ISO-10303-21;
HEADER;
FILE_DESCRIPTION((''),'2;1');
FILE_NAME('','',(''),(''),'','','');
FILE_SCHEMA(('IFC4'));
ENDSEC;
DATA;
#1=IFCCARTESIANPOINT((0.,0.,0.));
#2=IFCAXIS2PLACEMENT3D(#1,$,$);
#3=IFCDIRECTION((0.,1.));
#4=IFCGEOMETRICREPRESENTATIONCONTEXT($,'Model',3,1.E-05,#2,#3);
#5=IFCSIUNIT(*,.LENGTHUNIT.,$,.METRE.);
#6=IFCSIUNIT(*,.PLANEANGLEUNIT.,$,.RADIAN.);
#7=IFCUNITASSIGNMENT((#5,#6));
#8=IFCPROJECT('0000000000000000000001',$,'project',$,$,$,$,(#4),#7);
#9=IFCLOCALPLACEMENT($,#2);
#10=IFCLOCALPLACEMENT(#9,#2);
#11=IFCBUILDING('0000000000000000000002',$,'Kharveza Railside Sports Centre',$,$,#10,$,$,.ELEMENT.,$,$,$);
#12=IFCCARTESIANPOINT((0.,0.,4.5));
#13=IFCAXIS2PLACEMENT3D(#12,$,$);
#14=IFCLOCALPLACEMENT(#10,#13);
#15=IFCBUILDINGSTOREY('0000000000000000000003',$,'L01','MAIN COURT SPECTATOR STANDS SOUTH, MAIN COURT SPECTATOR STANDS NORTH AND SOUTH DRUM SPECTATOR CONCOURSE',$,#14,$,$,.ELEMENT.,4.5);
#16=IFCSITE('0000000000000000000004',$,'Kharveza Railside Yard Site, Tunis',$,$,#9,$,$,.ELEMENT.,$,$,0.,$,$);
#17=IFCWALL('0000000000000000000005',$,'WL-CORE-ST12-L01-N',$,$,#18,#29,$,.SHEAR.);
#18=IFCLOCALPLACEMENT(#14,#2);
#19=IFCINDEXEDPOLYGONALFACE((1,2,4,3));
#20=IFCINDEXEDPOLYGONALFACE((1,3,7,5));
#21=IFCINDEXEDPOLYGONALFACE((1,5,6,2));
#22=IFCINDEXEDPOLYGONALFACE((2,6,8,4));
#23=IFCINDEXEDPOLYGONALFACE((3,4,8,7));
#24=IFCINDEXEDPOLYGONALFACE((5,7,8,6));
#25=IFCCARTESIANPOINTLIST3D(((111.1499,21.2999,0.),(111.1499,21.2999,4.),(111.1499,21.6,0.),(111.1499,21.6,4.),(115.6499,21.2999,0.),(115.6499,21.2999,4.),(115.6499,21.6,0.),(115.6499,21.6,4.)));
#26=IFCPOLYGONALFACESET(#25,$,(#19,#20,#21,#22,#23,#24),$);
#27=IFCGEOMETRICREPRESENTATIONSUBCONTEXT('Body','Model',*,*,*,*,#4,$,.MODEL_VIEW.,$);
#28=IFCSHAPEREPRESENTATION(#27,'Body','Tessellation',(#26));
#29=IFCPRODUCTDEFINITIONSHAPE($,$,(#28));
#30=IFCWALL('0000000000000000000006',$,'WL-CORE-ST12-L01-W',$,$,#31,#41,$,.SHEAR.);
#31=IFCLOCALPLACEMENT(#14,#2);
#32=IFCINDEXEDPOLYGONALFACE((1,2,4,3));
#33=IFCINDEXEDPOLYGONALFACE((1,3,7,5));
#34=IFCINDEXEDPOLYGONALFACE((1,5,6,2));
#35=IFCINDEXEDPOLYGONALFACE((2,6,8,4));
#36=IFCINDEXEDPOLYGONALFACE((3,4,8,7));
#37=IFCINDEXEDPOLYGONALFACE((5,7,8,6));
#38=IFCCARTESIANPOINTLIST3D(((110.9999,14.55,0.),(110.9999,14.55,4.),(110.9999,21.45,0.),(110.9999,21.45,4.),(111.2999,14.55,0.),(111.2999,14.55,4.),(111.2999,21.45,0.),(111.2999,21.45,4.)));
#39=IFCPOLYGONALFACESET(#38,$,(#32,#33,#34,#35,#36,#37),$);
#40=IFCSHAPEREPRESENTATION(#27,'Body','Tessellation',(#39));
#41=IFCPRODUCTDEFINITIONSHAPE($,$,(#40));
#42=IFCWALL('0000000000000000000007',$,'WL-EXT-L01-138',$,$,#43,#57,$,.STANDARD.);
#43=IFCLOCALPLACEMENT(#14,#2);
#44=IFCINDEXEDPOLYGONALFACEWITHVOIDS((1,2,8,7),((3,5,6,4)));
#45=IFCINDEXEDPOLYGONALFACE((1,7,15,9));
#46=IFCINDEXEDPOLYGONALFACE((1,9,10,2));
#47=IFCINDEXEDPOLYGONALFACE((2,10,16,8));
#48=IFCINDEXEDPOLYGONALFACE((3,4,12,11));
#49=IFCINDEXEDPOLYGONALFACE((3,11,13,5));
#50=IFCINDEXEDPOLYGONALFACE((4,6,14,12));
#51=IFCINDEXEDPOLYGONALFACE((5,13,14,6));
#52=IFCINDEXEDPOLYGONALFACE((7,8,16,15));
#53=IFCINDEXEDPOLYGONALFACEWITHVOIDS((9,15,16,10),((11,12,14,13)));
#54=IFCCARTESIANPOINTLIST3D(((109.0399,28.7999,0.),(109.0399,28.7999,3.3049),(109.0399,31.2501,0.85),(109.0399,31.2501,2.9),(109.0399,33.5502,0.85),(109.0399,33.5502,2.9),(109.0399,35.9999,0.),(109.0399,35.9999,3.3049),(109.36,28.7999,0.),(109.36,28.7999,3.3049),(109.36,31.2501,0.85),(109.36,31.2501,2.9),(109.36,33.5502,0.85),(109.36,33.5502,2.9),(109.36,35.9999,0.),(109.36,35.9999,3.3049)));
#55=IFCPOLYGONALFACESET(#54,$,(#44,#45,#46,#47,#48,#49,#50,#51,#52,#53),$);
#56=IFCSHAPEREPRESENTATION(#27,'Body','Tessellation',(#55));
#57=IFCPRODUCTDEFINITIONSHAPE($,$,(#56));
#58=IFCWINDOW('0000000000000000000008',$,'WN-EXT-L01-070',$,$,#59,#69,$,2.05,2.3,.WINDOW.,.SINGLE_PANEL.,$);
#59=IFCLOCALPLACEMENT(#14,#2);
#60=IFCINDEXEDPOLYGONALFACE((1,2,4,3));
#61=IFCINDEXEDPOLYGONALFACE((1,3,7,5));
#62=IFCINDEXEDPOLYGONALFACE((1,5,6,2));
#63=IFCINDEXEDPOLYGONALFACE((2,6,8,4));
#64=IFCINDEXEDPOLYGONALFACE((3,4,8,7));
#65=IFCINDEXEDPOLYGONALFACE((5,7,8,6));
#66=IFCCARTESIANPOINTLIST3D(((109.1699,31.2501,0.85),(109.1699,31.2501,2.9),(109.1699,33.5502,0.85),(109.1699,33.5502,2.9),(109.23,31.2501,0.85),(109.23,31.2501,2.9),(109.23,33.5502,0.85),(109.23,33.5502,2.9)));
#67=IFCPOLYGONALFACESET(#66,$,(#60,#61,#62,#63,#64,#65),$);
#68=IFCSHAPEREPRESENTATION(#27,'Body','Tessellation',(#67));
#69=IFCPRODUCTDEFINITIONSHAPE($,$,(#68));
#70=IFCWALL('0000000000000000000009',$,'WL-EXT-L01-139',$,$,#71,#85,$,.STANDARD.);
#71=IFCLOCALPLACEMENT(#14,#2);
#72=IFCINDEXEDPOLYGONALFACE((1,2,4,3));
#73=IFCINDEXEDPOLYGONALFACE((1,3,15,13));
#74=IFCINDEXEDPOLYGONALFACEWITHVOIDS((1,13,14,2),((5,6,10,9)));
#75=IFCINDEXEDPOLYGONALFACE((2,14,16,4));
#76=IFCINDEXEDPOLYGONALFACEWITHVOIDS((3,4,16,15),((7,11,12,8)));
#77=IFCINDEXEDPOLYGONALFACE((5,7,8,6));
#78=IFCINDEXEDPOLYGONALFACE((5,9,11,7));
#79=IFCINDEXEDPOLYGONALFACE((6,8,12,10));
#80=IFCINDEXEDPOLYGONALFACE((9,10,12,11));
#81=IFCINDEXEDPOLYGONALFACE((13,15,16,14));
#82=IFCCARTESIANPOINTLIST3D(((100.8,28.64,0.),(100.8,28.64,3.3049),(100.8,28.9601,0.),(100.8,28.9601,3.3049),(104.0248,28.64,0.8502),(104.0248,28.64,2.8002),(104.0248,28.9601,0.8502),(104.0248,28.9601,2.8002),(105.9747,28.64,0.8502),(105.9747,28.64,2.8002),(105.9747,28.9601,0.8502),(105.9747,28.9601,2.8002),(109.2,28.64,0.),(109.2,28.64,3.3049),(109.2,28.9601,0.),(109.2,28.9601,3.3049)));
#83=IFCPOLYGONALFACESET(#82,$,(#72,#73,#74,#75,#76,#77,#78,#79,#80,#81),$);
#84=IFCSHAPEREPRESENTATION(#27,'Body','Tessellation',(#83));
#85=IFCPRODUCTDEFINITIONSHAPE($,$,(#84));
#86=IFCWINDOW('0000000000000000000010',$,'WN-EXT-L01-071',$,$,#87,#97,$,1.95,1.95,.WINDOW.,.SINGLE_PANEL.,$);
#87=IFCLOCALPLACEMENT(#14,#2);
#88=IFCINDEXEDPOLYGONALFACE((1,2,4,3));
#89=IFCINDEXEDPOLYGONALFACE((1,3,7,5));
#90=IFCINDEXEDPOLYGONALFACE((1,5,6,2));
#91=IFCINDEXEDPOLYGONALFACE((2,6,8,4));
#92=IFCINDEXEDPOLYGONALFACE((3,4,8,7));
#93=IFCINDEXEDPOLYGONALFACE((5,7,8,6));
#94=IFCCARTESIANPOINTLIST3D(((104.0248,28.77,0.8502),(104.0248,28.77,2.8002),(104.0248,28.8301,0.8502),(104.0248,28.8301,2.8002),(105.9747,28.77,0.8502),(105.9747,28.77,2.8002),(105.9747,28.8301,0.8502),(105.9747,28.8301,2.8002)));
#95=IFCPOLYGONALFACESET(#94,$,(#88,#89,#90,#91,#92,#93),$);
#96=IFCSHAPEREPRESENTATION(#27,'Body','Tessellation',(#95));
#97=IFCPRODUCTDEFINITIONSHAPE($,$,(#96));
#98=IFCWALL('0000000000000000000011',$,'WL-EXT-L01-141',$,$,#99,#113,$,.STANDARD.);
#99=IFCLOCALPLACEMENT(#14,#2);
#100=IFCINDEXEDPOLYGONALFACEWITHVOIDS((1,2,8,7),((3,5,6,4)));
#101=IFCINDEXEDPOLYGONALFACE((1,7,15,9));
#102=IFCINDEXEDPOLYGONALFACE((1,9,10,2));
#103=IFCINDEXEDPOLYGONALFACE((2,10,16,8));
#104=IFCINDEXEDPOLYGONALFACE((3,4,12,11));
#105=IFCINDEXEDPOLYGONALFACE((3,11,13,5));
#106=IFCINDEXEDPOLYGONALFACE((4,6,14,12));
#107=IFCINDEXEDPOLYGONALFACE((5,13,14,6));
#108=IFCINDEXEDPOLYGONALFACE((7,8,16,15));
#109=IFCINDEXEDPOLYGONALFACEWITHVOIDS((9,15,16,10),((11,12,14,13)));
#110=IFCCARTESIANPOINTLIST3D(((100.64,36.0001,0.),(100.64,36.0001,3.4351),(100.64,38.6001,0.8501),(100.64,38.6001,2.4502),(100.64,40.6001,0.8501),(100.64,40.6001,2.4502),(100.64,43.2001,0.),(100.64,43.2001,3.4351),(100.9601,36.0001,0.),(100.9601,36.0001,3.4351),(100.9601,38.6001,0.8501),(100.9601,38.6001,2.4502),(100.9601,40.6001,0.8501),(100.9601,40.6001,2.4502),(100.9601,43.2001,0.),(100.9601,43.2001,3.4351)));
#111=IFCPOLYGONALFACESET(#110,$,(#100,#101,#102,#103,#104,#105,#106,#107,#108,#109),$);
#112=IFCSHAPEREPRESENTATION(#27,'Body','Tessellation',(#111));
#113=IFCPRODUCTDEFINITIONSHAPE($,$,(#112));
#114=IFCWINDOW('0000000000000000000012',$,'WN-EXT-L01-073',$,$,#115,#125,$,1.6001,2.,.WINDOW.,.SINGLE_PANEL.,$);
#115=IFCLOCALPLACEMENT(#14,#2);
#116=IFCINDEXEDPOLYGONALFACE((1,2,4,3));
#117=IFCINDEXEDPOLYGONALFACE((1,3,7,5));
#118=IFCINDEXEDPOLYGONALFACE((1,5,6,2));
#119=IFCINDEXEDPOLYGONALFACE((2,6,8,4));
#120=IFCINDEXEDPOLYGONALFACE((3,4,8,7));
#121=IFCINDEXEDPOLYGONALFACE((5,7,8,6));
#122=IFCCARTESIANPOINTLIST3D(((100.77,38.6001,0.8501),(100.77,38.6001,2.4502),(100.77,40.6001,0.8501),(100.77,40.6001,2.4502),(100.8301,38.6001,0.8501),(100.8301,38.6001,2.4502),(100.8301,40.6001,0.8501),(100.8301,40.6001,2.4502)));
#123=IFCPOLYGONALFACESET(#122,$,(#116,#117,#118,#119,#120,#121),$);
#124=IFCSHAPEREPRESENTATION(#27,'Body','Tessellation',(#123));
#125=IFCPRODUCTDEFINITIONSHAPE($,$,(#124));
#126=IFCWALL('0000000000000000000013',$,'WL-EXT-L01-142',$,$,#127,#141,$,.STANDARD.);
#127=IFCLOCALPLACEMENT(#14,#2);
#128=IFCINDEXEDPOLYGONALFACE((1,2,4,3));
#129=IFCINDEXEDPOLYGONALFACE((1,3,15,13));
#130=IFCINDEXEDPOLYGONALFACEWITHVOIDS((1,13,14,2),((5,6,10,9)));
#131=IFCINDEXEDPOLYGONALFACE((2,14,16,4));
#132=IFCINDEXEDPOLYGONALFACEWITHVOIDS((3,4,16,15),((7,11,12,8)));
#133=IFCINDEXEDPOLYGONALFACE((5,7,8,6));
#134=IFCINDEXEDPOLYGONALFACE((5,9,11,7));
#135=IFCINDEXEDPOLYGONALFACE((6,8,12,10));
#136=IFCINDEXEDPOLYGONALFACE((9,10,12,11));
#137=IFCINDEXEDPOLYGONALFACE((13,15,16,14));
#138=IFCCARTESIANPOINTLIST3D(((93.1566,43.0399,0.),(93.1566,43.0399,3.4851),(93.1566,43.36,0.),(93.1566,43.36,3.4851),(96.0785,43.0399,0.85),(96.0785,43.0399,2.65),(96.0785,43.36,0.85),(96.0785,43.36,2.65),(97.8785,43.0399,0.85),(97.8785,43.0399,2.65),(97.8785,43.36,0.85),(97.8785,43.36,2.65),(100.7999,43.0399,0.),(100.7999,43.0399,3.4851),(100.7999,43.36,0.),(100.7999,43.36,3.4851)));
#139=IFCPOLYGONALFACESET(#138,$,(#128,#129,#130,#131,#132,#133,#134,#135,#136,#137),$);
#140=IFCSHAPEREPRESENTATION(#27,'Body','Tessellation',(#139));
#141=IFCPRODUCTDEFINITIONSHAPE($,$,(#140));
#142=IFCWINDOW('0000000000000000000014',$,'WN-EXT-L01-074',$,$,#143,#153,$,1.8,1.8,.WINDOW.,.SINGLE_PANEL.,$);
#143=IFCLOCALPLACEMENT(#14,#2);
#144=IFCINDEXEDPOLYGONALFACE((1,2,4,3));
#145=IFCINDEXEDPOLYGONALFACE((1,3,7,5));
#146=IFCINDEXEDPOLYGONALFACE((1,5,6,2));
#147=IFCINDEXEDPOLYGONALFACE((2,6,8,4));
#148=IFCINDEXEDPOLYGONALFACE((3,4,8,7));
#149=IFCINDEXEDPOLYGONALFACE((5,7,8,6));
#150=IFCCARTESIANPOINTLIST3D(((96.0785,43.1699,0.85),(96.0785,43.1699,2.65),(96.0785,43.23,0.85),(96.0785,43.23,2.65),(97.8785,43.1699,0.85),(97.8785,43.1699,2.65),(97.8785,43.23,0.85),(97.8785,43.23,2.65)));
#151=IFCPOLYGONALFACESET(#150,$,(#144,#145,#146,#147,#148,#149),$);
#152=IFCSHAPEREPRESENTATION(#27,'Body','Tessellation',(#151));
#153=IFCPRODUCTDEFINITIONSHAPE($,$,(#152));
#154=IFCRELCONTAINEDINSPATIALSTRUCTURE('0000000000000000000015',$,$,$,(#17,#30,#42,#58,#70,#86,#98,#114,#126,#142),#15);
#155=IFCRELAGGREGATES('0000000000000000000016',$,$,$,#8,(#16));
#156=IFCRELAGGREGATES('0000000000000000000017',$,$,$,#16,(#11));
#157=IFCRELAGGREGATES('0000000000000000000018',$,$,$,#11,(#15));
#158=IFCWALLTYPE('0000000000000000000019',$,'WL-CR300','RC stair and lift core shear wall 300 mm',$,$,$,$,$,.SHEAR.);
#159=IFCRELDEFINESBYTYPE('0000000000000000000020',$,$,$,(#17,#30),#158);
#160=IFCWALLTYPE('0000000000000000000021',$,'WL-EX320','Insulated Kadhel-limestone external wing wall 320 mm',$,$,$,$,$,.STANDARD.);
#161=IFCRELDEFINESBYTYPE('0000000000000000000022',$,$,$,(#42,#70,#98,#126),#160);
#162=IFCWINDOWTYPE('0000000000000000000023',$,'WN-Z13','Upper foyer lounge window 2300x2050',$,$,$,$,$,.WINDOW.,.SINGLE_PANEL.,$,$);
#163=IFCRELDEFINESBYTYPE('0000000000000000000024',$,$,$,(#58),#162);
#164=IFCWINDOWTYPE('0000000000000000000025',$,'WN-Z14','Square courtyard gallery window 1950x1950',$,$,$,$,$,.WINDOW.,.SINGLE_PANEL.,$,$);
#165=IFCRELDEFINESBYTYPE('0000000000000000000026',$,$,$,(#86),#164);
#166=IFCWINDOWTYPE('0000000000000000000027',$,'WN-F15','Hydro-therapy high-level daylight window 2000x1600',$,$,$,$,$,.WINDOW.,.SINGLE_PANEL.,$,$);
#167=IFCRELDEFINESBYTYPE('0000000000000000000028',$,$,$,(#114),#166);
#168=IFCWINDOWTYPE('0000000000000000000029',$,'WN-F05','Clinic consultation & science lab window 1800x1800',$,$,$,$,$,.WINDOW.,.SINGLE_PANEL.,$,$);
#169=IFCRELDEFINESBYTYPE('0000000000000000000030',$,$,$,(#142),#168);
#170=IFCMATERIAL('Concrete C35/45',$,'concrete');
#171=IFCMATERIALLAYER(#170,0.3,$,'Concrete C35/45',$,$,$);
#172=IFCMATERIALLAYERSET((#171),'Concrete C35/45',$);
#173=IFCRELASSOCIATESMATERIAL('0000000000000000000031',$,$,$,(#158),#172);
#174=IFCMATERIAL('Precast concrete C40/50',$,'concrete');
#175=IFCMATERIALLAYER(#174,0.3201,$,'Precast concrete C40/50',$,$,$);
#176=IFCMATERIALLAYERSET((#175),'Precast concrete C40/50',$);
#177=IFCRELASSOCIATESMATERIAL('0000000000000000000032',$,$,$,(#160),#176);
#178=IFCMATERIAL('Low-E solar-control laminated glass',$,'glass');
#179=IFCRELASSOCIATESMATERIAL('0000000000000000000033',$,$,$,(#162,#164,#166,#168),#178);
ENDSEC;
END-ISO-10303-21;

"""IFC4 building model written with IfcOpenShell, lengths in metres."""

from ifc_helpers import new_model, si_unit, direction, frame, frame_2d, origin, place, context, subcontext, project, spatial, rectangle, extrude, material, layer, layer_set, type_object, element, fill, save


model = new_model("IFC4")

# Units and contexts
model_context = context("Model", 3, precision=1e-05, world=origin(), true_north=direction((0.0, 1.0)))
body_context = subcontext(model_context, "Body", "Model", "MODEL_VIEW")
ifc_project = project(units=[si_unit("LENGTHUNIT", "METRE"), si_unit("PLANEANGLEUNIT", "RADIAN")], contexts=[model_context])

# Site, building, storey
site_placement = place(None, origin())
site = spatial("IfcSite", under=ifc_project, at=site_placement, Name="Kharveza Railside Yard Site, Tunis", CompositionType="ELEMENT", RefElevation=0.0)
building_placement = place(site_placement, origin())
building = spatial("IfcBuilding", under=site, at=building_placement, Name="Kharveza Railside Sports Centre", CompositionType="ELEMENT")
storey_placement = place(building_placement, frame((0.0, 0.0, 4.5)))
storey = spatial("IfcBuildingStorey", under=building, at=storey_placement, Name="L01", Description="MAIN COURT SPECTATOR STANDS SOUTH, MAIN COURT SPECTATOR STANDS NORTH AND SOUTH DRUM SPECTATOR CONCOURSE", CompositionType="ELEMENT", Elevation=4.5)

# Walls
ifc_material_1 = material(Name="Concrete C35/45", Category="concrete")
ifc_layer_1 = layer(ifc_material_1, 0.3, Name="Concrete C35/45")
ifc_layer_set_1 = layer_set([ifc_layer_1], Name="Concrete C35/45")
wall_type_1 = type_object("IfcWallType", Name="WL-CR300", Description="RC stair and lift core shear wall 300 mm", PredefinedType="SHEAR", material=ifc_layer_set_1)
wall_1_placement = place(storey_placement, frame((115.6499, 21.45, 0.0), z_axis=(0.0, 0.0, 1.0), x_axis=(-1.0, 0.0, 0.0)))
element("IfcWall", 1, at=wall_1_placement, inside=storey, type_object=wall_type_1, Name="WL-CORE-ST12-L01-N", PredefinedType="SHEAR", context=body_context, shape_type="SweptSolid", body=[
    extrude(rectangle(XDim=4.5, YDim=0.3, at=frame_2d((2.25, 0.0))), origin(), (0.0, 0.0, 1.0), 4.0),
])
wall_2_placement = place(storey_placement, frame((111.1499, 21.45, 0.0), z_axis=(0.0, 0.0, 1.0), x_axis=(0.0, -1.0, 0.0)))
element("IfcWall", 2, at=wall_2_placement, inside=storey, type_object=wall_type_1, Name="WL-CORE-ST12-L01-W", PredefinedType="SHEAR", context=body_context, shape_type="SweptSolid", body=[
    extrude(rectangle(XDim=6.8999, YDim=0.3, at=frame_2d((3.45, 0.0))), origin(), (0.0, 0.0, 1.0), 4.0),
])

# Walls, openings, windows
ifc_material_2 = material(Name="Precast concrete C40/50", Category="concrete")
ifc_layer_2 = layer(ifc_material_2, 0.3201, Name="Precast concrete C40/50")
ifc_layer_set_2 = layer_set([ifc_layer_2], Name="Precast concrete C40/50")
wall_type_2 = type_object("IfcWallType", Name="WL-EX320", Description="Insulated Kadhel-limestone external wing wall 320 mm", PredefinedType="STANDARD", material=ifc_layer_set_2)
wall_3_placement = place(storey_placement, frame((109.2, 36.0, 0.0), z_axis=(0.0, 0.0, 1.0), x_axis=(0.0, -1.0, 0.0)))
wall_3 = element("IfcWall", 3, at=wall_3_placement, inside=storey, type_object=wall_type_2, Name="WL-EXT-L01-138", PredefinedType="STANDARD", context=body_context, shape_type="SweptSolid", body=[
    extrude(rectangle(XDim=7.2, YDim=0.3201, at=frame_2d((3.6001, 0.0))), origin(), (0.0, 0.0, 1.0), 3.3049),
])
opening_1_placement = place(wall_3_placement, frame((2.45, 0.0, 0.8501)))
opening_1 = element("IfcOpeningElement", 4, at=opening_1_placement, cuts=wall_3, PredefinedType="OPENING", context=body_context, shape_type="SweptSolid", body=[
    extrude(rectangle(XDim=2.3, YDim=2.05, at=frame_2d((1.1499, 1.0249))), frame((0.0, 0.1851, 0.0), z_axis=(0.0, -1.0, 0.0), x_axis=(1.0, 0.0, 0.0)), (0.0, 0.0, 1.0), 0.3699),
])
ifc_material_3 = material(Name="Low-E solar-control laminated glass", Category="glass")
window_type_1 = type_object("IfcWindowType", Name="WN-Z13", Description="Upper foyer lounge window 2300x2050", PartitioningType="SINGLE_PANEL", PredefinedType="WINDOW", material=ifc_material_3)
window_1_placement = place(opening_1_placement, origin())
window_1 = element("IfcWindow", 5, at=window_1_placement, inside=storey, type_object=window_type_1, Name="WN-EXT-L01-070", OverallHeight=2.05, OverallWidth=2.3, PartitioningType="SINGLE_PANEL", PredefinedType="WINDOW", context=body_context, shape_type="SweptSolid", body=[
    extrude(rectangle(XDim=2.3, YDim=2.05, at=frame_2d((1.1499, 1.0249))), frame((0.0, 0.03, 0.0), z_axis=(0.0, -1.0, 0.0), x_axis=(1.0, 0.0, 0.0)), (0.0, 0.0, 1.0), 0.0601),
])
fill(opening_1, window_1)
wall_4_placement = place(storey_placement, frame((109.2, 28.8, 0.0), z_axis=(0.0, 0.0, 1.0), x_axis=(-1.0, 0.0, 0.0)))
wall_4 = element("IfcWall", 6, at=wall_4_placement, inside=storey, type_object=wall_type_2, Name="WL-EXT-L01-139", PredefinedType="STANDARD", context=body_context, shape_type="SweptSolid", body=[
    extrude(rectangle(XDim=8.3999, YDim=0.3201, at=frame_2d((4.2, 0.0))), origin(), (0.0, 0.0, 1.0), 3.3049),
])
opening_2_placement = place(wall_4_placement, frame((3.2251, 0.0, 0.8501)))
opening_2 = element("IfcOpeningElement", 7, at=opening_2_placement, cuts=wall_4, PredefinedType="OPENING", context=body_context, shape_type="SweptSolid", body=[
    extrude(rectangle(XDim=1.95, YDim=1.95, at=frame_2d((0.9751, 0.9751))), frame((0.0, 0.1851, 0.0), z_axis=(0.0, -1.0, 0.0), x_axis=(1.0, 0.0, 0.0)), (0.0, 0.0, 1.0), 0.3699),
])
window_type_2 = type_object("IfcWindowType", Name="WN-Z14", Description="Square courtyard gallery window 1950x1950", PartitioningType="SINGLE_PANEL", PredefinedType="WINDOW", material=ifc_material_3)
window_2_placement = place(opening_2_placement, origin())
window_2 = element("IfcWindow", 8, at=window_2_placement, inside=storey, type_object=window_type_2, Name="WN-EXT-L01-071", OverallHeight=1.95, OverallWidth=1.95, PartitioningType="SINGLE_PANEL", PredefinedType="WINDOW", context=body_context, shape_type="SweptSolid", body=[
    extrude(rectangle(XDim=1.95, YDim=1.95, at=frame_2d((0.9751, 0.9751))), frame((0.0, 0.03, 0.0), z_axis=(0.0, -1.0, 0.0), x_axis=(1.0, 0.0, 0.0)), (0.0, 0.0, 1.0), 0.0601),
])
fill(opening_2, window_2)
wall_5_placement = place(storey_placement, frame((100.8, 36.0, 0.0), z_axis=(0.0, 0.0, 1.0), x_axis=(0.0, 1.0, 0.0)))
wall_5 = element("IfcWall", 9, at=wall_5_placement, inside=storey, type_object=wall_type_2, Name="WL-EXT-L01-141", PredefinedType="STANDARD", context=body_context, shape_type="SweptSolid", body=[
    extrude(rectangle(XDim=7.2, YDim=0.3201, at=frame_2d((3.6001, 0.0))), origin(), (0.0, 0.0, 1.0), 3.4351),
])
opening_3_placement = place(wall_5_placement, frame((2.6001, 0.0, 0.8501)))
opening_3 = element("IfcOpeningElement", 10, at=opening_3_placement, cuts=wall_5, PredefinedType="OPENING", context=body_context, shape_type="SweptSolid", body=[
    extrude(rectangle(XDim=2.0, YDim=1.6001, at=frame_2d((1.0, 0.8))), frame((0.0, 0.1851, 0.0), z_axis=(0.0, -1.0, 0.0), x_axis=(1.0, 0.0, 0.0)), (0.0, 0.0, 1.0), 0.3699),
])
window_type_3 = type_object("IfcWindowType", Name="WN-F15", Description="Hydro-therapy high-level daylight window 2000x1600", PartitioningType="SINGLE_PANEL", PredefinedType="WINDOW", material=ifc_material_3)
window_3_placement = place(opening_3_placement, origin())
window_3 = element("IfcWindow", 11, at=window_3_placement, inside=storey, type_object=window_type_3, Name="WN-EXT-L01-073", OverallHeight=1.6001, OverallWidth=2.0, PartitioningType="SINGLE_PANEL", PredefinedType="WINDOW", context=body_context, shape_type="SweptSolid", body=[
    extrude(rectangle(XDim=2.0, YDim=1.6001, at=frame_2d((1.0, 0.8))), frame((0.0, 0.03, 0.0), z_axis=(0.0, -1.0, 0.0), x_axis=(1.0, 0.0, 0.0)), (0.0, 0.0, 1.0), 0.0601),
])
fill(opening_3, window_3)
wall_6_placement = place(storey_placement, frame((100.8, 43.2, 0.0), z_axis=(0.0, 0.0, 1.0), x_axis=(-1.0, 0.0, 0.0)))
wall_6 = element("IfcWall", 12, at=wall_6_placement, inside=storey, type_object=wall_type_2, Name="WL-EXT-L01-142", PredefinedType="STANDARD", context=body_context, shape_type="SweptSolid", body=[
    extrude(rectangle(XDim=7.6433, YDim=0.3201, at=frame_2d((3.8218, 0.0))), origin(), (0.0, 0.0, 1.0), 3.4851),
])
opening_4_placement = place(wall_6_placement, frame((2.9216, 0.0, 0.8501)))
opening_4 = element("IfcOpeningElement", 13, at=opening_4_placement, cuts=wall_6, PredefinedType="OPENING", context=body_context, shape_type="SweptSolid", body=[
    extrude(rectangle(XDim=1.8, YDim=1.8, at=frame_2d((0.8999, 0.8999))), frame((0.0, 0.1851, 0.0), z_axis=(0.0, -1.0, 0.0), x_axis=(1.0, 0.0, 0.0)), (0.0, 0.0, 1.0), 0.3699),
])
window_type_4 = type_object("IfcWindowType", Name="WN-F05", Description="Clinic consultation & science lab window 1800x1800", PartitioningType="SINGLE_PANEL", PredefinedType="WINDOW", material=ifc_material_3)
window_4_placement = place(opening_4_placement, origin())
window_4 = element("IfcWindow", 14, at=window_4_placement, inside=storey, type_object=window_type_4, Name="WN-EXT-L01-074", OverallHeight=1.8, OverallWidth=1.8, PartitioningType="SINGLE_PANEL", PredefinedType="WINDOW", context=body_context, shape_type="SweptSolid", body=[
    extrude(rectangle(XDim=1.8, YDim=1.8, at=frame_2d((0.8999, 0.8999))), frame((0.0, 0.03, 0.0), z_axis=(0.0, -1.0, 0.0), x_axis=(1.0, 0.0, 0.0)), (0.0, 0.0, 1.0), 0.0601),
])
fill(opening_4, window_4)

save(model, "model.ifc")
